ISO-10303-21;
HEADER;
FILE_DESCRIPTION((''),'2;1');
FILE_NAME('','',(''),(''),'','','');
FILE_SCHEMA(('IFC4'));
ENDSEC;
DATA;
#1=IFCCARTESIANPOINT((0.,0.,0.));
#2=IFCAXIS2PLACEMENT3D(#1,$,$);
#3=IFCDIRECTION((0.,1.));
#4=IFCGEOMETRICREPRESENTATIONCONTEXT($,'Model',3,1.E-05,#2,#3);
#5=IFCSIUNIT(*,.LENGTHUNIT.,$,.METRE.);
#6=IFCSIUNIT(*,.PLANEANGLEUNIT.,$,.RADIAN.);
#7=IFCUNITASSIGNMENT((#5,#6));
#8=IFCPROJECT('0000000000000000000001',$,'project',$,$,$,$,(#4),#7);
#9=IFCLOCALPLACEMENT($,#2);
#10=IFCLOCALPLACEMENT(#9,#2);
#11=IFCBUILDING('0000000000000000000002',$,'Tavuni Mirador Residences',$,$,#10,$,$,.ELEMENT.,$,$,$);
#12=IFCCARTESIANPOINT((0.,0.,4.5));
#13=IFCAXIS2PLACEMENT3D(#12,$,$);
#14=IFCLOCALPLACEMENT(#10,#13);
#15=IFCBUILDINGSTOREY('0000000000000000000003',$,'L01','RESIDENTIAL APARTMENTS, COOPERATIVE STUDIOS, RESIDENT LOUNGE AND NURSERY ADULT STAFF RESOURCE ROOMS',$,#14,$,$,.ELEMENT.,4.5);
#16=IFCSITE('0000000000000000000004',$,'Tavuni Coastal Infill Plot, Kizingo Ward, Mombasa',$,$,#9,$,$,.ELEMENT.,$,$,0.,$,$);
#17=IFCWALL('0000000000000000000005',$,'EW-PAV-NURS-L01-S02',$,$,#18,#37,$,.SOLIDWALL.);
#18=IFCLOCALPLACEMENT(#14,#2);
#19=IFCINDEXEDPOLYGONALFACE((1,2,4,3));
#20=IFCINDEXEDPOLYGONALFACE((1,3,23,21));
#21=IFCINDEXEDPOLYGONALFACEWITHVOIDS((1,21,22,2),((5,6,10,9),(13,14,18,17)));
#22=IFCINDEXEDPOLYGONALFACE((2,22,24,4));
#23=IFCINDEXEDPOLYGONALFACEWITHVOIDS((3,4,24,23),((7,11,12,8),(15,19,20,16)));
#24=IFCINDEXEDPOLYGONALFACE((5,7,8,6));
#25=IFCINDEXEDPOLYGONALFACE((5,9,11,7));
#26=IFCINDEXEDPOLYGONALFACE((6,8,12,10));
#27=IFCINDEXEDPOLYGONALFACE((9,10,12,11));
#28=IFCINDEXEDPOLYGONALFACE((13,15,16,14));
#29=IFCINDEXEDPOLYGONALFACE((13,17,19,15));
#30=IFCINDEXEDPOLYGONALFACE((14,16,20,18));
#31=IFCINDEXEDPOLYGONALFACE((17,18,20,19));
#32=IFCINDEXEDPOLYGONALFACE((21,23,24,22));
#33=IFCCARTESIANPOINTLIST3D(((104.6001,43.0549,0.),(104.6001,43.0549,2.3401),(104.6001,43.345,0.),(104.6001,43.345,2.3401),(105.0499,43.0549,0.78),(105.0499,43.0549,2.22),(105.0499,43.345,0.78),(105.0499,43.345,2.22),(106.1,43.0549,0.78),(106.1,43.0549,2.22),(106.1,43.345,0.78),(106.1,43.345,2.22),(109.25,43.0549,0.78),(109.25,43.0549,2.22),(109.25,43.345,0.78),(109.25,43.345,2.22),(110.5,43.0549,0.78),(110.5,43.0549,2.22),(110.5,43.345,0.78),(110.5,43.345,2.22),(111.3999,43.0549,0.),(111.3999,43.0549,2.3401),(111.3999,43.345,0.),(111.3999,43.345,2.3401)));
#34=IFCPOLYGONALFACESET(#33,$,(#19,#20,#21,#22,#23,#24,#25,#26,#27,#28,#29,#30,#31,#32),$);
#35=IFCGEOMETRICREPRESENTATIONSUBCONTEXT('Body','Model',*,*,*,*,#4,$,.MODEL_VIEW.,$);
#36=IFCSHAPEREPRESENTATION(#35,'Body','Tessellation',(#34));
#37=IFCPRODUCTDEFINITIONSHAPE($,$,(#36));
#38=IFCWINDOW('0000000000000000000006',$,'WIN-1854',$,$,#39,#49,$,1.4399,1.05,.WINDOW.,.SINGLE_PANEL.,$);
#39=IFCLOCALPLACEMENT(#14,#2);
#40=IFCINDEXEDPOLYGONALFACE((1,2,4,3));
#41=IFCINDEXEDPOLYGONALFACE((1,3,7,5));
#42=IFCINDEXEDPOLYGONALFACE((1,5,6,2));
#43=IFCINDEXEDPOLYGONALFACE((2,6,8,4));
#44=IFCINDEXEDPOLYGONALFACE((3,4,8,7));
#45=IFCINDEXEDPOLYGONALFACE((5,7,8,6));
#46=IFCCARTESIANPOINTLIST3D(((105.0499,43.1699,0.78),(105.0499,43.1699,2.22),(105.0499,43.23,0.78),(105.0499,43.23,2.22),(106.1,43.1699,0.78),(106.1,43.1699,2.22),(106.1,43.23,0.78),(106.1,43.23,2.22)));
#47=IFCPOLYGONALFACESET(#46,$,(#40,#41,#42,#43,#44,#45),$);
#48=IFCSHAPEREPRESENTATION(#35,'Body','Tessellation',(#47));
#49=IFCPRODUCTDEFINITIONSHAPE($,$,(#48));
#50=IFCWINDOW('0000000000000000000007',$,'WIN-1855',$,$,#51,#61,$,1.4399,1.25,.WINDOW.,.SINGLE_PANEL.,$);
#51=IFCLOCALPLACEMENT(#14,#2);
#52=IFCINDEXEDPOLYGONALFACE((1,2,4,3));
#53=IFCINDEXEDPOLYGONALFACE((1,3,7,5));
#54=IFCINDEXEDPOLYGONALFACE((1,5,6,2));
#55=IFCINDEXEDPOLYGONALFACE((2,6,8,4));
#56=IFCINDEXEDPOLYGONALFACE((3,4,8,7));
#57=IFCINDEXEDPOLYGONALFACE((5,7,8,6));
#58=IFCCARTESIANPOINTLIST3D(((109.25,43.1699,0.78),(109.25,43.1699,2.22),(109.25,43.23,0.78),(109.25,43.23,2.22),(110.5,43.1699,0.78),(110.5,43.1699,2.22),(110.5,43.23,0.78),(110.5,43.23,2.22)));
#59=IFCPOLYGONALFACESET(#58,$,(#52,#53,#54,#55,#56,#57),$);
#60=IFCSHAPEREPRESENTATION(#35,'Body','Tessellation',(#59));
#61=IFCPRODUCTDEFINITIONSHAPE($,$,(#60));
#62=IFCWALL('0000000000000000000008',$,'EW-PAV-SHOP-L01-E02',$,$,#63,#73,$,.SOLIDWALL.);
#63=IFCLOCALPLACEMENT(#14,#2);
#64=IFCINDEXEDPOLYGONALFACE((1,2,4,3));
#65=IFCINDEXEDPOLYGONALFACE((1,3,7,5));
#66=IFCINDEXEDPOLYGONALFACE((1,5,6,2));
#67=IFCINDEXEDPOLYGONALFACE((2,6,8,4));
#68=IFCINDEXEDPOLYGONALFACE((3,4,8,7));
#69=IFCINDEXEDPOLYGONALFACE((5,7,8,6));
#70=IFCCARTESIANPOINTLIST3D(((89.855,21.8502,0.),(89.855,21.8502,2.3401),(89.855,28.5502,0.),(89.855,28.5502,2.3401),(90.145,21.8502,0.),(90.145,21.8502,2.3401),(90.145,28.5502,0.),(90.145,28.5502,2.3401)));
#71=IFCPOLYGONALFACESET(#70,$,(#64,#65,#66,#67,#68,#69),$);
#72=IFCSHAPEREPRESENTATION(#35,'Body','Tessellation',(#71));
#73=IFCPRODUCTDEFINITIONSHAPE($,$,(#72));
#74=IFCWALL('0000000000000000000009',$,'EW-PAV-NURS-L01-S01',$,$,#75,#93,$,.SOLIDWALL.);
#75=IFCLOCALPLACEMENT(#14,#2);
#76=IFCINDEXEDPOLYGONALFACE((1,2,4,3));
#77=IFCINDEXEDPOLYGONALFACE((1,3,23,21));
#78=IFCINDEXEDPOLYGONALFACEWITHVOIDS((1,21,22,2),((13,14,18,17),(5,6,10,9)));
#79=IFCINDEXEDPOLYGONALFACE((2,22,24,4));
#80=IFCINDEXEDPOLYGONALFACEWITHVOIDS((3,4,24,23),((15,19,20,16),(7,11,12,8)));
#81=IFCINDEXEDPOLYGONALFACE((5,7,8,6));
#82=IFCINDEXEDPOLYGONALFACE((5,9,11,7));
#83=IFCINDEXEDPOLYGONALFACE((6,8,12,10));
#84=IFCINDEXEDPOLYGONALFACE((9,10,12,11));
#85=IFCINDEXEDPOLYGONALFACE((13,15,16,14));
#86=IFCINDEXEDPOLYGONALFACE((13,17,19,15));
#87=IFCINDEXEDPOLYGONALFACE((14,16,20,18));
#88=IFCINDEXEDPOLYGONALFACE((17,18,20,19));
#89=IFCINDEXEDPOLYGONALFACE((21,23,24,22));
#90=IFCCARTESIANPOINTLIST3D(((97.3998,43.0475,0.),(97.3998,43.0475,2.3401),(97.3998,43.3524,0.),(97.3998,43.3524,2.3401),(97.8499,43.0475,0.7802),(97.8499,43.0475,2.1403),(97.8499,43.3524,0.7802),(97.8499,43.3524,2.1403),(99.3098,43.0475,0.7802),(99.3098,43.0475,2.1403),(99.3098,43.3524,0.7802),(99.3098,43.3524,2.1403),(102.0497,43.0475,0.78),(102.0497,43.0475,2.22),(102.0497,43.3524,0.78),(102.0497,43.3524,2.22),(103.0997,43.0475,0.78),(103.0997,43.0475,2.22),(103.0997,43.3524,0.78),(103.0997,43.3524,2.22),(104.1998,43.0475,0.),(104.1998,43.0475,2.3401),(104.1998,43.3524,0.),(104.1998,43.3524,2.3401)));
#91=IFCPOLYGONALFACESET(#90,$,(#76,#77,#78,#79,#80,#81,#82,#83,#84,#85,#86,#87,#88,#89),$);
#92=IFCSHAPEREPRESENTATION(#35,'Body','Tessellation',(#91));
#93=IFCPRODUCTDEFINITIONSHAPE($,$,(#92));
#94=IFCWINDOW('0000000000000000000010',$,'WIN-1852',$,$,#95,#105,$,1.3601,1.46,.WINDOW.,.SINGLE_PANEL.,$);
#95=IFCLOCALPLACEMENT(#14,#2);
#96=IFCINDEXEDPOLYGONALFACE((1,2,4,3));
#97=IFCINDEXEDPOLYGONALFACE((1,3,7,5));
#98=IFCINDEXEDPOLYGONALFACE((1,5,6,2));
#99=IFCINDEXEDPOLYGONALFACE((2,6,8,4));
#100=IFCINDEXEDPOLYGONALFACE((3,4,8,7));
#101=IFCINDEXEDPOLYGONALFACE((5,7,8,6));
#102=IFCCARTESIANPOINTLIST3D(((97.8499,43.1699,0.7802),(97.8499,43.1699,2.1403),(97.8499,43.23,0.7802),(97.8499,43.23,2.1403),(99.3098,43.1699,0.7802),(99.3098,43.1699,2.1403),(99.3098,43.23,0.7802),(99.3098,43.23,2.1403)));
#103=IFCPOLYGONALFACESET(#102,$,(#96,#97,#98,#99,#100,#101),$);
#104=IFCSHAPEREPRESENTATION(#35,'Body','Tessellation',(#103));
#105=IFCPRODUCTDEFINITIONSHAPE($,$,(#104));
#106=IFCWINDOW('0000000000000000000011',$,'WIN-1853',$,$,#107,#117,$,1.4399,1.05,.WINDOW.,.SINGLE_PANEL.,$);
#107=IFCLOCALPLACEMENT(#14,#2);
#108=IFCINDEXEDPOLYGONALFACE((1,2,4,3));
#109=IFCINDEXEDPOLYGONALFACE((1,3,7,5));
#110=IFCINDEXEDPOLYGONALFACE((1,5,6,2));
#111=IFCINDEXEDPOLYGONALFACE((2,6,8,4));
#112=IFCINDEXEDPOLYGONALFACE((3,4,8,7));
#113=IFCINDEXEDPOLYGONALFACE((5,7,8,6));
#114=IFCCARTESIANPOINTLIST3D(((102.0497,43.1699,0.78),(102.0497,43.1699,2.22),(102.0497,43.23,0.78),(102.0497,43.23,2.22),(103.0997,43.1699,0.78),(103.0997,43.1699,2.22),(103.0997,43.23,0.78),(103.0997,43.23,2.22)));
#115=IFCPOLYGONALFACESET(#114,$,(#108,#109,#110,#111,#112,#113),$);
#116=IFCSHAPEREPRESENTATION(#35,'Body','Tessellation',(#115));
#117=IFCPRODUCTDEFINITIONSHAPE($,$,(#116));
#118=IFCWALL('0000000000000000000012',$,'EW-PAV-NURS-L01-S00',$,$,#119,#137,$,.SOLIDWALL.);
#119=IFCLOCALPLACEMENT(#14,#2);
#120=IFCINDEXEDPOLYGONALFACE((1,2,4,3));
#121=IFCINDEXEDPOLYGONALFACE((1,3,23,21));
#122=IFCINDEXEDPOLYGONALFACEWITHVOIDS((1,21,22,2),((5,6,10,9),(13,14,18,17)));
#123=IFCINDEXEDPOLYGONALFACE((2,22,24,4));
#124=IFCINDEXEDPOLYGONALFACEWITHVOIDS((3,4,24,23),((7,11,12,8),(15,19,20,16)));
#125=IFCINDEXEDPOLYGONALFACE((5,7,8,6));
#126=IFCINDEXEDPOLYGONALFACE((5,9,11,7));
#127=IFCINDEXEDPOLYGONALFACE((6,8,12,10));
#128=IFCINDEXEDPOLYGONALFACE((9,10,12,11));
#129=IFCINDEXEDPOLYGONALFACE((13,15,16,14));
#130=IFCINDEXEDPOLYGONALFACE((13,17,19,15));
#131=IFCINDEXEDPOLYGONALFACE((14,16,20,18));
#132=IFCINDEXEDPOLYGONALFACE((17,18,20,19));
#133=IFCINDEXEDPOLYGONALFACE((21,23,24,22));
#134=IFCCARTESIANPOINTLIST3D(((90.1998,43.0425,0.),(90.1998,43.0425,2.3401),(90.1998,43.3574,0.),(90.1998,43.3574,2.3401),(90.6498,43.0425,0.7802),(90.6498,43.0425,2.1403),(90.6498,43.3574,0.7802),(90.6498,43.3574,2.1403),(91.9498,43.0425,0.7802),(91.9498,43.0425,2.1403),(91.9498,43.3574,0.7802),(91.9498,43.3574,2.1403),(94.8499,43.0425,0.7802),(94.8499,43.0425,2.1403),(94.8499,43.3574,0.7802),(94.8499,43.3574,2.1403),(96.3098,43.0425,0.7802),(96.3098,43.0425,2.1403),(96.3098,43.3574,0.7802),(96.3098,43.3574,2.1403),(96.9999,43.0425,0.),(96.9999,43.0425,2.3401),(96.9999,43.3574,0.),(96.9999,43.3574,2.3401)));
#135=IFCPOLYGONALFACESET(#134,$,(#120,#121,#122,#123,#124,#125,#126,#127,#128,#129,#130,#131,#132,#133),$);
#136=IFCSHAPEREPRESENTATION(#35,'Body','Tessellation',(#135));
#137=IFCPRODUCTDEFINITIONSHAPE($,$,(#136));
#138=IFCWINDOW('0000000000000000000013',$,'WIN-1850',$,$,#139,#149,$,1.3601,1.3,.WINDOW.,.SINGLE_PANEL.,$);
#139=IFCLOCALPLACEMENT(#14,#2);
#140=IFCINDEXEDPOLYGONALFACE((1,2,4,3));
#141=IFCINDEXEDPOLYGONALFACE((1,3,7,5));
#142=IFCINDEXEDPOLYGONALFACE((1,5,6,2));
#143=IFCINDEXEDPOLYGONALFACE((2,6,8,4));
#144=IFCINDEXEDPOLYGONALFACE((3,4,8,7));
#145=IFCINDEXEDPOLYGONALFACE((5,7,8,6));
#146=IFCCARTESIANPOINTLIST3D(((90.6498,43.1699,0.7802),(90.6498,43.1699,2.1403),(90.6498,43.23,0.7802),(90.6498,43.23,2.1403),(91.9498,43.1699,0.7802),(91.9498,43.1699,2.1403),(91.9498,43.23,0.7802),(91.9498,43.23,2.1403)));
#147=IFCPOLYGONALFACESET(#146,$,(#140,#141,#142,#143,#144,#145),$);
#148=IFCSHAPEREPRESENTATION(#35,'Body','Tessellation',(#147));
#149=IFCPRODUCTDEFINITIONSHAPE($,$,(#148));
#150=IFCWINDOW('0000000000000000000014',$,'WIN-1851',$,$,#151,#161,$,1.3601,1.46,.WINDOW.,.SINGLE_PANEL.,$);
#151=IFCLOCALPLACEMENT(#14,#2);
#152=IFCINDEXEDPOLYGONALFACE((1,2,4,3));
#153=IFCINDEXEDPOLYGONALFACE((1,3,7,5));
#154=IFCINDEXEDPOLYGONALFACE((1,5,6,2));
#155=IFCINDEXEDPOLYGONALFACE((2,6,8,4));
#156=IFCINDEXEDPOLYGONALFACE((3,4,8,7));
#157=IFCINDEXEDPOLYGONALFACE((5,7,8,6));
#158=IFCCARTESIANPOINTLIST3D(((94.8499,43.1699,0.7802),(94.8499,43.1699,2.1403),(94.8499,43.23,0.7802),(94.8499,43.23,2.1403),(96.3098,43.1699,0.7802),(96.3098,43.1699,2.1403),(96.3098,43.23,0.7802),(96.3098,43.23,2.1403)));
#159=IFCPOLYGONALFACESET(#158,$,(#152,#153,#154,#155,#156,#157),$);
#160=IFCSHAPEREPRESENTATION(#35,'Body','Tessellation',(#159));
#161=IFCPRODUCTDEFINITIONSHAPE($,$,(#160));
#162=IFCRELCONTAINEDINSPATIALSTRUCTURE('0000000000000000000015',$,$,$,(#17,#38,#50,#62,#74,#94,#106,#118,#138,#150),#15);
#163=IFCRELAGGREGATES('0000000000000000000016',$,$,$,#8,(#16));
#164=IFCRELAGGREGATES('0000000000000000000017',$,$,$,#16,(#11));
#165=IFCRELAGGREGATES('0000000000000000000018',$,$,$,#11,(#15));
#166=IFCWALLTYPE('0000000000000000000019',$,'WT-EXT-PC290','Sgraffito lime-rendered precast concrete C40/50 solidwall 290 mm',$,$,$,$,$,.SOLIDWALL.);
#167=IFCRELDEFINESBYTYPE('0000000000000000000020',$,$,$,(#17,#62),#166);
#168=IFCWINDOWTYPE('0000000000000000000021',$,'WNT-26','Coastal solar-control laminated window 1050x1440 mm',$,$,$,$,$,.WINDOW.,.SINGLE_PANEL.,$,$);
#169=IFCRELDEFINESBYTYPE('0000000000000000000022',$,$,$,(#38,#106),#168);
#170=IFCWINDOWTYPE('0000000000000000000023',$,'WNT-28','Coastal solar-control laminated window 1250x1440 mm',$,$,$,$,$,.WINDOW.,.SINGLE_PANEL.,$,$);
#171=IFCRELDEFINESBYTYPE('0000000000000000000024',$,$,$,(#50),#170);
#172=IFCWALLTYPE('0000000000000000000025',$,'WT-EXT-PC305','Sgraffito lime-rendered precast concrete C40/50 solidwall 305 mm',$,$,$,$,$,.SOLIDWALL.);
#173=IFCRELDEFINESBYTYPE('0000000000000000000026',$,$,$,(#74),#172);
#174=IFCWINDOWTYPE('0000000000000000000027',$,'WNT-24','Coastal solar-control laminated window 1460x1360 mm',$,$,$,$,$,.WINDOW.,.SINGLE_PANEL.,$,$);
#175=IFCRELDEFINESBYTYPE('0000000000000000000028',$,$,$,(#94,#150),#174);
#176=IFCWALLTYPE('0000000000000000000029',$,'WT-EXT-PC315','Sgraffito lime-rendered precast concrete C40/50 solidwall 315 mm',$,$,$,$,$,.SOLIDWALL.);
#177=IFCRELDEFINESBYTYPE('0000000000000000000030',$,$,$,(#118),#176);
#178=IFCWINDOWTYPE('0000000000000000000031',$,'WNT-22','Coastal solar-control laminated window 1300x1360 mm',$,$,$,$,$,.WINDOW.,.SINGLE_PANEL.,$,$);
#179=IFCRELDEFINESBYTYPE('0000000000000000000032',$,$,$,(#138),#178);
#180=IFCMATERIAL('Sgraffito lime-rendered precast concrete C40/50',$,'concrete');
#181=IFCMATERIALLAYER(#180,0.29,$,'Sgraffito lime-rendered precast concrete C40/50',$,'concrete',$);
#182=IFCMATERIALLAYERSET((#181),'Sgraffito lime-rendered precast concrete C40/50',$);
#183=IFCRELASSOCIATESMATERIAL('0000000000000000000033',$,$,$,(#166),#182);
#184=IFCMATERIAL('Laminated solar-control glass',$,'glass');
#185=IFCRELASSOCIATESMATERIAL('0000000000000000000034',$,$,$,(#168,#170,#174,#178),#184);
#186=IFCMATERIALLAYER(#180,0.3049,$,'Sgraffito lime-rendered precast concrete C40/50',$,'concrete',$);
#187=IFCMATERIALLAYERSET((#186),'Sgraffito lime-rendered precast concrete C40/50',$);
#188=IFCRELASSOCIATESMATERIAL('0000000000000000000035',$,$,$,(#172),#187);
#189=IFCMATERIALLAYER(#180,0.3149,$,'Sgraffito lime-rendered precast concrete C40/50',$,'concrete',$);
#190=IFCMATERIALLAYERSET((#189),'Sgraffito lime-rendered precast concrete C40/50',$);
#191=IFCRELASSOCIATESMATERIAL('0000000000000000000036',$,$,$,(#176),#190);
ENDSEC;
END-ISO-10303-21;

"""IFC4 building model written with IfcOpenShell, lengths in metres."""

from ifc_helpers import new_model, si_unit, direction, frame, frame_2d, origin, place, context, subcontext, project, spatial, rectangle, extrude, material, layer, layer_set, type_object, element, fill, save


model = new_model("IFC4")

# Units and contexts
model_context = context("Model", 3, precision=1e-05, world=origin(), true_north=direction((0.0, 1.0)))
body_context = subcontext(model_context, "Body", "Model", "MODEL_VIEW")
ifc_project = project(units=[si_unit("LENGTHUNIT", "METRE"), si_unit("PLANEANGLEUNIT", "RADIAN")], contexts=[model_context])

# Site, building, storey
site_placement = place(None, origin())
site = spatial("IfcSite", under=ifc_project, at=site_placement, Name="Tavuni Coastal Infill Plot, Kizingo Ward, Mombasa", CompositionType="ELEMENT", RefElevation=0.0)
building_placement = place(site_placement, origin())
building = spatial("IfcBuilding", under=site, at=building_placement, Name="Tavuni Mirador Residences", CompositionType="ELEMENT")
storey_placement = place(building_placement, frame((0.0, 0.0, 4.5)))
storey = spatial("IfcBuildingStorey", under=building, at=storey_placement, Name="L01", Description="RESIDENTIAL APARTMENTS, COOPERATIVE STUDIOS, RESIDENT LOUNGE AND NURSERY ADULT STAFF RESOURCE ROOMS", CompositionType="ELEMENT", Elevation=4.5)

# Wall, openings, windows
ifc_material_1 = material(Name="Sgraffito lime-rendered precast concrete C40/50", Category="concrete")
ifc_layer_1 = layer(ifc_material_1, 0.29, Name="Sgraffito lime-rendered precast concrete C40/50", Category="concrete")
ifc_layer_set_1 = layer_set([ifc_layer_1], Name="Sgraffito lime-rendered precast concrete C40/50")
wall_type_1 = type_object("IfcWallType", Name="WT-EXT-PC290", Description="Sgraffito lime-rendered precast concrete C40/50 solidwall 290 mm", PredefinedType="SOLIDWALL", material=ifc_layer_set_1)
wall_1_placement = place(storey_placement, frame((104.6001, 43.2, 0.0), z_axis=(0.0, 0.0, 1.0), x_axis=(1.0, 0.0, 0.0)))
wall_1 = element("IfcWall", 1, at=wall_1_placement, inside=storey, type_object=wall_type_1, Name="EW-PAV-NURS-L01-S02", PredefinedType="SOLIDWALL", context=body_context, shape_type="SweptSolid", body=[
    extrude(rectangle(XDim=6.7998, YDim=0.29, at=frame_2d((3.3999, 0.0))), origin(), (0.0, 0.0, 1.0), 2.3401),
])
opening_1_placement = place(wall_1_placement, frame((0.45, 0.0, 0.78)))
opening_1 = element("IfcOpeningElement", 2, at=opening_1_placement, cuts=wall_1, PredefinedType="OPENING", context=body_context, shape_type="SweptSolid", body=[
    extrude(rectangle(XDim=1.05, YDim=1.4399, at=frame_2d((0.5249, 0.72))), frame((0.0, 0.155, 0.0), z_axis=(0.0, -1.0, 0.0), x_axis=(1.0, 0.0, 0.0)), (0.0, 0.0, 1.0), 0.3101),
])
opening_2_placement = place(wall_1_placement, frame((4.6499, 0.0, 0.78)))
opening_2 = element("IfcOpeningElement", 3, at=opening_2_placement, cuts=wall_1, PredefinedType="OPENING", context=body_context, shape_type="SweptSolid", body=[
    extrude(rectangle(XDim=1.25, YDim=1.4399, at=frame_2d((0.625, 0.72))), frame((0.0, 0.155, 0.0), z_axis=(0.0, -1.0, 0.0), x_axis=(1.0, 0.0, 0.0)), (0.0, 0.0, 1.0), 0.3101),
])
ifc_material_2 = material(Name="Laminated solar-control glass", Category="glass")
window_type_1 = type_object("IfcWindowType", Name="WNT-26", Description="Coastal solar-control laminated window 1050x1440 mm", PartitioningType="SINGLE_PANEL", PredefinedType="WINDOW", material=ifc_material_2)
window_1_placement = place(opening_1_placement, origin())
window_1 = element("IfcWindow", 4, at=window_1_placement, inside=storey, type_object=window_type_1, Name="WIN-1854", OverallHeight=1.4399, OverallWidth=1.05, PartitioningType="SINGLE_PANEL", PredefinedType="WINDOW", context=body_context, shape_type="SweptSolid", body=[
    extrude(rectangle(XDim=1.05, YDim=1.4399, at=frame_2d((0.5249, 0.72))), frame((0.0, 0.03, 0.0), z_axis=(0.0, -1.0, 0.0), x_axis=(1.0, 0.0, 0.0)), (0.0, 0.0, 1.0), 0.0601),
])
fill(opening_1, window_1)
window_type_2 = type_object("IfcWindowType", Name="WNT-28", Description="Coastal solar-control laminated window 1250x1440 mm", PartitioningType="SINGLE_PANEL", PredefinedType="WINDOW", material=ifc_material_2)
window_2_placement = place(opening_2_placement, origin())
window_2 = element("IfcWindow", 5, at=window_2_placement, inside=storey, type_object=window_type_2, Name="WIN-1855", OverallHeight=1.4399, OverallWidth=1.25, PartitioningType="SINGLE_PANEL", PredefinedType="WINDOW", context=body_context, shape_type="SweptSolid", body=[
    extrude(rectangle(XDim=1.25, YDim=1.4399, at=frame_2d((0.625, 0.72))), frame((0.0, 0.03, 0.0), z_axis=(0.0, -1.0, 0.0), x_axis=(1.0, 0.0, 0.0)), (0.0, 0.0, 1.0), 0.0601),
])
fill(opening_2, window_2)

# Wall
wall_2_placement = place(storey_placement, frame((90.0, 21.8501, 0.0), z_axis=(0.0, 0.0, 1.0), x_axis=(0.0, 1.0, 0.0)))
element("IfcWall", 6, at=wall_2_placement, inside=storey, type_object=wall_type_1, Name="EW-PAV-SHOP-L01-E02", PredefinedType="SOLIDWALL", context=body_context, shape_type="SweptSolid", body=[
    extrude(rectangle(XDim=6.7, YDim=0.29, at=frame_2d((3.3501, 0.0))), origin(), (0.0, 0.0, 1.0), 2.3401),
])

# Walls, openings, windows
ifc_layer_2 = layer(ifc_material_1, 0.3049, Name="Sgraffito lime-rendered precast concrete C40/50", Category="concrete")
ifc_layer_set_2 = layer_set([ifc_layer_2], Name="Sgraffito lime-rendered precast concrete C40/50")
wall_type_2 = type_object("IfcWallType", Name="WT-EXT-PC305", Description="Sgraffito lime-rendered precast concrete C40/50 solidwall 305 mm", PredefinedType="SOLIDWALL", material=ifc_layer_set_2)
wall_3_placement = place(storey_placement, frame((97.3999, 43.2, 0.0), z_axis=(0.0, 0.0, 1.0), x_axis=(1.0, 0.0, 0.0)))
wall_3 = element("IfcWall", 7, at=wall_3_placement, inside=storey, type_object=wall_type_2, Name="EW-PAV-NURS-L01-S01", PredefinedType="SOLIDWALL", context=body_context, shape_type="SweptSolid", body=[
    extrude(rectangle(XDim=6.8, YDim=0.3049, at=frame_2d((3.3999, 0.0))), origin(), (0.0, 0.0, 1.0), 2.3401),
])
opening_3_placement = place(wall_3_placement, frame((0.45, 0.0, 0.78)))
opening_3 = element("IfcOpeningElement", 8, at=opening_3_placement, cuts=wall_3, PredefinedType="OPENING", context=body_context, shape_type="SweptSolid", body=[
    extrude(rectangle(XDim=1.46, YDim=1.3601, at=frame_2d((0.73, 0.6802))), frame((0.0, 0.1626, 0.0), z_axis=(0.0, -1.0, 0.0), x_axis=(1.0, 0.0, 0.0)), (0.0, 0.0, 1.0), 0.325),
])
opening_4_placement = place(wall_3_placement, frame((4.6499, 0.0, 0.78)))
opening_4 = element("IfcOpeningElement", 9, at=opening_4_placement, cuts=wall_3, PredefinedType="OPENING", context=body_context, shape_type="SweptSolid", body=[
    extrude(rectangle(XDim=1.05, YDim=1.4399, at=frame_2d((0.5249, 0.72))), frame((0.0, 0.1626, 0.0), z_axis=(0.0, -1.0, 0.0), x_axis=(1.0, 0.0, 0.0)), (0.0, 0.0, 1.0), 0.325),
])
window_type_3 = type_object("IfcWindowType", Name="WNT-24", Description="Coastal solar-control laminated window 1460x1360 mm", PartitioningType="SINGLE_PANEL", PredefinedType="WINDOW", material=ifc_material_2)
window_3_placement = place(opening_3_placement, origin())
window_3 = element("IfcWindow", 10, at=window_3_placement, inside=storey, type_object=window_type_3, Name="WIN-1852", OverallHeight=1.3601, OverallWidth=1.46, PartitioningType="SINGLE_PANEL", PredefinedType="WINDOW", context=body_context, shape_type="SweptSolid", body=[
    extrude(rectangle(XDim=1.46, YDim=1.3601, at=frame_2d((0.73, 0.6802))), frame((0.0, 0.03, 0.0), z_axis=(0.0, -1.0, 0.0), x_axis=(1.0, 0.0, 0.0)), (0.0, 0.0, 1.0), 0.0601),
])
fill(opening_3, window_3)
window_4_placement = place(opening_4_placement, origin())
window_4 = element("IfcWindow", 11, at=window_4_placement, inside=storey, type_object=window_type_1, Name="WIN-1853", OverallHeight=1.4399, OverallWidth=1.05, PartitioningType="SINGLE_PANEL", PredefinedType="WINDOW", context=body_context, shape_type="SweptSolid", body=[
    extrude(rectangle(XDim=1.05, YDim=1.4399, at=frame_2d((0.5249, 0.72))), frame((0.0, 0.03, 0.0), z_axis=(0.0, -1.0, 0.0), x_axis=(1.0, 0.0, 0.0)), (0.0, 0.0, 1.0), 0.0601),
])
fill(opening_4, window_4)
ifc_layer_3 = layer(ifc_material_1, 0.3149, Name="Sgraffito lime-rendered precast concrete C40/50", Category="concrete")
ifc_layer_set_3 = layer_set([ifc_layer_3], Name="Sgraffito lime-rendered precast concrete C40/50")
wall_type_3 = type_object("IfcWallType", Name="WT-EXT-PC315", Description="Sgraffito lime-rendered precast concrete C40/50 solidwall 315 mm", PredefinedType="SOLIDWALL", material=ifc_layer_set_3)
wall_4_placement = place(storey_placement, frame((90.2, 43.2, 0.0), z_axis=(0.0, 0.0, 1.0), x_axis=(1.0, 0.0, 0.0)))
wall_4 = element("IfcWall", 12, at=wall_4_placement, inside=storey, type_object=wall_type_3, Name="EW-PAV-NURS-L01-S00", PredefinedType="SOLIDWALL", context=body_context, shape_type="SweptSolid", body=[
    extrude(rectangle(XDim=6.8, YDim=0.3149, at=frame_2d((3.3999, 0.0))), origin(), (0.0, 0.0, 1.0), 2.3401),
])
opening_5_placement = place(wall_4_placement, frame((0.45, 0.0, 0.78)))
opening_5 = element("IfcOpeningElement", 13, at=opening_5_placement, cuts=wall_4, PredefinedType="OPENING", context=body_context, shape_type="SweptSolid", body=[
    extrude(rectangle(XDim=1.3, YDim=1.3601, at=frame_2d((0.6499, 0.6802))), frame((0.0, 0.1675, 0.0), z_axis=(0.0, -1.0, 0.0), x_axis=(1.0, 0.0, 0.0)), (0.0, 0.0, 1.0), 0.335),
])
opening_6_placement = place(wall_4_placement, frame((4.6499, 0.0, 0.78)))
opening_6 = element("IfcOpeningElement", 14, at=opening_6_placement, cuts=wall_4, PredefinedType="OPENING", context=body_context, shape_type="SweptSolid", body=[
    extrude(rectangle(XDim=1.46, YDim=1.3601, at=frame_2d((0.73, 0.6802))), frame((0.0, 0.1675, 0.0), z_axis=(0.0, -1.0, 0.0), x_axis=(1.0, 0.0, 0.0)), (0.0, 0.0, 1.0), 0.335),
])
window_type_4 = type_object("IfcWindowType", Name="WNT-22", Description="Coastal solar-control laminated window 1300x1360 mm", PartitioningType="SINGLE_PANEL", PredefinedType="WINDOW", material=ifc_material_2)
window_5_placement = place(opening_5_placement, origin())
window_5 = element("IfcWindow", 15, at=window_5_placement, inside=storey, type_object=window_type_4, Name="WIN-1850", OverallHeight=1.3601, OverallWidth=1.3, PartitioningType="SINGLE_PANEL", PredefinedType="WINDOW", context=body_context, shape_type="SweptSolid", body=[
    extrude(rectangle(XDim=1.3, YDim=1.3601, at=frame_2d((0.6499, 0.6802))), frame((0.0, 0.03, 0.0), z_axis=(0.0, -1.0, 0.0), x_axis=(1.0, 0.0, 0.0)), (0.0, 0.0, 1.0), 0.0601),
])
fill(opening_5, window_5)
window_6_placement = place(opening_6_placement, origin())
window_6 = element("IfcWindow", 16, at=window_6_placement, inside=storey, type_object=window_type_3, Name="WIN-1851", OverallHeight=1.3601, OverallWidth=1.46, PartitioningType="SINGLE_PANEL", PredefinedType="WINDOW", context=body_context, shape_type="SweptSolid", body=[
    extrude(rectangle(XDim=1.46, YDim=1.3601, at=frame_2d((0.73, 0.6802))), frame((0.0, 0.03, 0.0), z_axis=(0.0, -1.0, 0.0), x_axis=(1.0, 0.0, 0.0)), (0.0, 0.0, 1.0), 0.0601),
])
fill(opening_6, window_6)

save(model, "model.ifc")
